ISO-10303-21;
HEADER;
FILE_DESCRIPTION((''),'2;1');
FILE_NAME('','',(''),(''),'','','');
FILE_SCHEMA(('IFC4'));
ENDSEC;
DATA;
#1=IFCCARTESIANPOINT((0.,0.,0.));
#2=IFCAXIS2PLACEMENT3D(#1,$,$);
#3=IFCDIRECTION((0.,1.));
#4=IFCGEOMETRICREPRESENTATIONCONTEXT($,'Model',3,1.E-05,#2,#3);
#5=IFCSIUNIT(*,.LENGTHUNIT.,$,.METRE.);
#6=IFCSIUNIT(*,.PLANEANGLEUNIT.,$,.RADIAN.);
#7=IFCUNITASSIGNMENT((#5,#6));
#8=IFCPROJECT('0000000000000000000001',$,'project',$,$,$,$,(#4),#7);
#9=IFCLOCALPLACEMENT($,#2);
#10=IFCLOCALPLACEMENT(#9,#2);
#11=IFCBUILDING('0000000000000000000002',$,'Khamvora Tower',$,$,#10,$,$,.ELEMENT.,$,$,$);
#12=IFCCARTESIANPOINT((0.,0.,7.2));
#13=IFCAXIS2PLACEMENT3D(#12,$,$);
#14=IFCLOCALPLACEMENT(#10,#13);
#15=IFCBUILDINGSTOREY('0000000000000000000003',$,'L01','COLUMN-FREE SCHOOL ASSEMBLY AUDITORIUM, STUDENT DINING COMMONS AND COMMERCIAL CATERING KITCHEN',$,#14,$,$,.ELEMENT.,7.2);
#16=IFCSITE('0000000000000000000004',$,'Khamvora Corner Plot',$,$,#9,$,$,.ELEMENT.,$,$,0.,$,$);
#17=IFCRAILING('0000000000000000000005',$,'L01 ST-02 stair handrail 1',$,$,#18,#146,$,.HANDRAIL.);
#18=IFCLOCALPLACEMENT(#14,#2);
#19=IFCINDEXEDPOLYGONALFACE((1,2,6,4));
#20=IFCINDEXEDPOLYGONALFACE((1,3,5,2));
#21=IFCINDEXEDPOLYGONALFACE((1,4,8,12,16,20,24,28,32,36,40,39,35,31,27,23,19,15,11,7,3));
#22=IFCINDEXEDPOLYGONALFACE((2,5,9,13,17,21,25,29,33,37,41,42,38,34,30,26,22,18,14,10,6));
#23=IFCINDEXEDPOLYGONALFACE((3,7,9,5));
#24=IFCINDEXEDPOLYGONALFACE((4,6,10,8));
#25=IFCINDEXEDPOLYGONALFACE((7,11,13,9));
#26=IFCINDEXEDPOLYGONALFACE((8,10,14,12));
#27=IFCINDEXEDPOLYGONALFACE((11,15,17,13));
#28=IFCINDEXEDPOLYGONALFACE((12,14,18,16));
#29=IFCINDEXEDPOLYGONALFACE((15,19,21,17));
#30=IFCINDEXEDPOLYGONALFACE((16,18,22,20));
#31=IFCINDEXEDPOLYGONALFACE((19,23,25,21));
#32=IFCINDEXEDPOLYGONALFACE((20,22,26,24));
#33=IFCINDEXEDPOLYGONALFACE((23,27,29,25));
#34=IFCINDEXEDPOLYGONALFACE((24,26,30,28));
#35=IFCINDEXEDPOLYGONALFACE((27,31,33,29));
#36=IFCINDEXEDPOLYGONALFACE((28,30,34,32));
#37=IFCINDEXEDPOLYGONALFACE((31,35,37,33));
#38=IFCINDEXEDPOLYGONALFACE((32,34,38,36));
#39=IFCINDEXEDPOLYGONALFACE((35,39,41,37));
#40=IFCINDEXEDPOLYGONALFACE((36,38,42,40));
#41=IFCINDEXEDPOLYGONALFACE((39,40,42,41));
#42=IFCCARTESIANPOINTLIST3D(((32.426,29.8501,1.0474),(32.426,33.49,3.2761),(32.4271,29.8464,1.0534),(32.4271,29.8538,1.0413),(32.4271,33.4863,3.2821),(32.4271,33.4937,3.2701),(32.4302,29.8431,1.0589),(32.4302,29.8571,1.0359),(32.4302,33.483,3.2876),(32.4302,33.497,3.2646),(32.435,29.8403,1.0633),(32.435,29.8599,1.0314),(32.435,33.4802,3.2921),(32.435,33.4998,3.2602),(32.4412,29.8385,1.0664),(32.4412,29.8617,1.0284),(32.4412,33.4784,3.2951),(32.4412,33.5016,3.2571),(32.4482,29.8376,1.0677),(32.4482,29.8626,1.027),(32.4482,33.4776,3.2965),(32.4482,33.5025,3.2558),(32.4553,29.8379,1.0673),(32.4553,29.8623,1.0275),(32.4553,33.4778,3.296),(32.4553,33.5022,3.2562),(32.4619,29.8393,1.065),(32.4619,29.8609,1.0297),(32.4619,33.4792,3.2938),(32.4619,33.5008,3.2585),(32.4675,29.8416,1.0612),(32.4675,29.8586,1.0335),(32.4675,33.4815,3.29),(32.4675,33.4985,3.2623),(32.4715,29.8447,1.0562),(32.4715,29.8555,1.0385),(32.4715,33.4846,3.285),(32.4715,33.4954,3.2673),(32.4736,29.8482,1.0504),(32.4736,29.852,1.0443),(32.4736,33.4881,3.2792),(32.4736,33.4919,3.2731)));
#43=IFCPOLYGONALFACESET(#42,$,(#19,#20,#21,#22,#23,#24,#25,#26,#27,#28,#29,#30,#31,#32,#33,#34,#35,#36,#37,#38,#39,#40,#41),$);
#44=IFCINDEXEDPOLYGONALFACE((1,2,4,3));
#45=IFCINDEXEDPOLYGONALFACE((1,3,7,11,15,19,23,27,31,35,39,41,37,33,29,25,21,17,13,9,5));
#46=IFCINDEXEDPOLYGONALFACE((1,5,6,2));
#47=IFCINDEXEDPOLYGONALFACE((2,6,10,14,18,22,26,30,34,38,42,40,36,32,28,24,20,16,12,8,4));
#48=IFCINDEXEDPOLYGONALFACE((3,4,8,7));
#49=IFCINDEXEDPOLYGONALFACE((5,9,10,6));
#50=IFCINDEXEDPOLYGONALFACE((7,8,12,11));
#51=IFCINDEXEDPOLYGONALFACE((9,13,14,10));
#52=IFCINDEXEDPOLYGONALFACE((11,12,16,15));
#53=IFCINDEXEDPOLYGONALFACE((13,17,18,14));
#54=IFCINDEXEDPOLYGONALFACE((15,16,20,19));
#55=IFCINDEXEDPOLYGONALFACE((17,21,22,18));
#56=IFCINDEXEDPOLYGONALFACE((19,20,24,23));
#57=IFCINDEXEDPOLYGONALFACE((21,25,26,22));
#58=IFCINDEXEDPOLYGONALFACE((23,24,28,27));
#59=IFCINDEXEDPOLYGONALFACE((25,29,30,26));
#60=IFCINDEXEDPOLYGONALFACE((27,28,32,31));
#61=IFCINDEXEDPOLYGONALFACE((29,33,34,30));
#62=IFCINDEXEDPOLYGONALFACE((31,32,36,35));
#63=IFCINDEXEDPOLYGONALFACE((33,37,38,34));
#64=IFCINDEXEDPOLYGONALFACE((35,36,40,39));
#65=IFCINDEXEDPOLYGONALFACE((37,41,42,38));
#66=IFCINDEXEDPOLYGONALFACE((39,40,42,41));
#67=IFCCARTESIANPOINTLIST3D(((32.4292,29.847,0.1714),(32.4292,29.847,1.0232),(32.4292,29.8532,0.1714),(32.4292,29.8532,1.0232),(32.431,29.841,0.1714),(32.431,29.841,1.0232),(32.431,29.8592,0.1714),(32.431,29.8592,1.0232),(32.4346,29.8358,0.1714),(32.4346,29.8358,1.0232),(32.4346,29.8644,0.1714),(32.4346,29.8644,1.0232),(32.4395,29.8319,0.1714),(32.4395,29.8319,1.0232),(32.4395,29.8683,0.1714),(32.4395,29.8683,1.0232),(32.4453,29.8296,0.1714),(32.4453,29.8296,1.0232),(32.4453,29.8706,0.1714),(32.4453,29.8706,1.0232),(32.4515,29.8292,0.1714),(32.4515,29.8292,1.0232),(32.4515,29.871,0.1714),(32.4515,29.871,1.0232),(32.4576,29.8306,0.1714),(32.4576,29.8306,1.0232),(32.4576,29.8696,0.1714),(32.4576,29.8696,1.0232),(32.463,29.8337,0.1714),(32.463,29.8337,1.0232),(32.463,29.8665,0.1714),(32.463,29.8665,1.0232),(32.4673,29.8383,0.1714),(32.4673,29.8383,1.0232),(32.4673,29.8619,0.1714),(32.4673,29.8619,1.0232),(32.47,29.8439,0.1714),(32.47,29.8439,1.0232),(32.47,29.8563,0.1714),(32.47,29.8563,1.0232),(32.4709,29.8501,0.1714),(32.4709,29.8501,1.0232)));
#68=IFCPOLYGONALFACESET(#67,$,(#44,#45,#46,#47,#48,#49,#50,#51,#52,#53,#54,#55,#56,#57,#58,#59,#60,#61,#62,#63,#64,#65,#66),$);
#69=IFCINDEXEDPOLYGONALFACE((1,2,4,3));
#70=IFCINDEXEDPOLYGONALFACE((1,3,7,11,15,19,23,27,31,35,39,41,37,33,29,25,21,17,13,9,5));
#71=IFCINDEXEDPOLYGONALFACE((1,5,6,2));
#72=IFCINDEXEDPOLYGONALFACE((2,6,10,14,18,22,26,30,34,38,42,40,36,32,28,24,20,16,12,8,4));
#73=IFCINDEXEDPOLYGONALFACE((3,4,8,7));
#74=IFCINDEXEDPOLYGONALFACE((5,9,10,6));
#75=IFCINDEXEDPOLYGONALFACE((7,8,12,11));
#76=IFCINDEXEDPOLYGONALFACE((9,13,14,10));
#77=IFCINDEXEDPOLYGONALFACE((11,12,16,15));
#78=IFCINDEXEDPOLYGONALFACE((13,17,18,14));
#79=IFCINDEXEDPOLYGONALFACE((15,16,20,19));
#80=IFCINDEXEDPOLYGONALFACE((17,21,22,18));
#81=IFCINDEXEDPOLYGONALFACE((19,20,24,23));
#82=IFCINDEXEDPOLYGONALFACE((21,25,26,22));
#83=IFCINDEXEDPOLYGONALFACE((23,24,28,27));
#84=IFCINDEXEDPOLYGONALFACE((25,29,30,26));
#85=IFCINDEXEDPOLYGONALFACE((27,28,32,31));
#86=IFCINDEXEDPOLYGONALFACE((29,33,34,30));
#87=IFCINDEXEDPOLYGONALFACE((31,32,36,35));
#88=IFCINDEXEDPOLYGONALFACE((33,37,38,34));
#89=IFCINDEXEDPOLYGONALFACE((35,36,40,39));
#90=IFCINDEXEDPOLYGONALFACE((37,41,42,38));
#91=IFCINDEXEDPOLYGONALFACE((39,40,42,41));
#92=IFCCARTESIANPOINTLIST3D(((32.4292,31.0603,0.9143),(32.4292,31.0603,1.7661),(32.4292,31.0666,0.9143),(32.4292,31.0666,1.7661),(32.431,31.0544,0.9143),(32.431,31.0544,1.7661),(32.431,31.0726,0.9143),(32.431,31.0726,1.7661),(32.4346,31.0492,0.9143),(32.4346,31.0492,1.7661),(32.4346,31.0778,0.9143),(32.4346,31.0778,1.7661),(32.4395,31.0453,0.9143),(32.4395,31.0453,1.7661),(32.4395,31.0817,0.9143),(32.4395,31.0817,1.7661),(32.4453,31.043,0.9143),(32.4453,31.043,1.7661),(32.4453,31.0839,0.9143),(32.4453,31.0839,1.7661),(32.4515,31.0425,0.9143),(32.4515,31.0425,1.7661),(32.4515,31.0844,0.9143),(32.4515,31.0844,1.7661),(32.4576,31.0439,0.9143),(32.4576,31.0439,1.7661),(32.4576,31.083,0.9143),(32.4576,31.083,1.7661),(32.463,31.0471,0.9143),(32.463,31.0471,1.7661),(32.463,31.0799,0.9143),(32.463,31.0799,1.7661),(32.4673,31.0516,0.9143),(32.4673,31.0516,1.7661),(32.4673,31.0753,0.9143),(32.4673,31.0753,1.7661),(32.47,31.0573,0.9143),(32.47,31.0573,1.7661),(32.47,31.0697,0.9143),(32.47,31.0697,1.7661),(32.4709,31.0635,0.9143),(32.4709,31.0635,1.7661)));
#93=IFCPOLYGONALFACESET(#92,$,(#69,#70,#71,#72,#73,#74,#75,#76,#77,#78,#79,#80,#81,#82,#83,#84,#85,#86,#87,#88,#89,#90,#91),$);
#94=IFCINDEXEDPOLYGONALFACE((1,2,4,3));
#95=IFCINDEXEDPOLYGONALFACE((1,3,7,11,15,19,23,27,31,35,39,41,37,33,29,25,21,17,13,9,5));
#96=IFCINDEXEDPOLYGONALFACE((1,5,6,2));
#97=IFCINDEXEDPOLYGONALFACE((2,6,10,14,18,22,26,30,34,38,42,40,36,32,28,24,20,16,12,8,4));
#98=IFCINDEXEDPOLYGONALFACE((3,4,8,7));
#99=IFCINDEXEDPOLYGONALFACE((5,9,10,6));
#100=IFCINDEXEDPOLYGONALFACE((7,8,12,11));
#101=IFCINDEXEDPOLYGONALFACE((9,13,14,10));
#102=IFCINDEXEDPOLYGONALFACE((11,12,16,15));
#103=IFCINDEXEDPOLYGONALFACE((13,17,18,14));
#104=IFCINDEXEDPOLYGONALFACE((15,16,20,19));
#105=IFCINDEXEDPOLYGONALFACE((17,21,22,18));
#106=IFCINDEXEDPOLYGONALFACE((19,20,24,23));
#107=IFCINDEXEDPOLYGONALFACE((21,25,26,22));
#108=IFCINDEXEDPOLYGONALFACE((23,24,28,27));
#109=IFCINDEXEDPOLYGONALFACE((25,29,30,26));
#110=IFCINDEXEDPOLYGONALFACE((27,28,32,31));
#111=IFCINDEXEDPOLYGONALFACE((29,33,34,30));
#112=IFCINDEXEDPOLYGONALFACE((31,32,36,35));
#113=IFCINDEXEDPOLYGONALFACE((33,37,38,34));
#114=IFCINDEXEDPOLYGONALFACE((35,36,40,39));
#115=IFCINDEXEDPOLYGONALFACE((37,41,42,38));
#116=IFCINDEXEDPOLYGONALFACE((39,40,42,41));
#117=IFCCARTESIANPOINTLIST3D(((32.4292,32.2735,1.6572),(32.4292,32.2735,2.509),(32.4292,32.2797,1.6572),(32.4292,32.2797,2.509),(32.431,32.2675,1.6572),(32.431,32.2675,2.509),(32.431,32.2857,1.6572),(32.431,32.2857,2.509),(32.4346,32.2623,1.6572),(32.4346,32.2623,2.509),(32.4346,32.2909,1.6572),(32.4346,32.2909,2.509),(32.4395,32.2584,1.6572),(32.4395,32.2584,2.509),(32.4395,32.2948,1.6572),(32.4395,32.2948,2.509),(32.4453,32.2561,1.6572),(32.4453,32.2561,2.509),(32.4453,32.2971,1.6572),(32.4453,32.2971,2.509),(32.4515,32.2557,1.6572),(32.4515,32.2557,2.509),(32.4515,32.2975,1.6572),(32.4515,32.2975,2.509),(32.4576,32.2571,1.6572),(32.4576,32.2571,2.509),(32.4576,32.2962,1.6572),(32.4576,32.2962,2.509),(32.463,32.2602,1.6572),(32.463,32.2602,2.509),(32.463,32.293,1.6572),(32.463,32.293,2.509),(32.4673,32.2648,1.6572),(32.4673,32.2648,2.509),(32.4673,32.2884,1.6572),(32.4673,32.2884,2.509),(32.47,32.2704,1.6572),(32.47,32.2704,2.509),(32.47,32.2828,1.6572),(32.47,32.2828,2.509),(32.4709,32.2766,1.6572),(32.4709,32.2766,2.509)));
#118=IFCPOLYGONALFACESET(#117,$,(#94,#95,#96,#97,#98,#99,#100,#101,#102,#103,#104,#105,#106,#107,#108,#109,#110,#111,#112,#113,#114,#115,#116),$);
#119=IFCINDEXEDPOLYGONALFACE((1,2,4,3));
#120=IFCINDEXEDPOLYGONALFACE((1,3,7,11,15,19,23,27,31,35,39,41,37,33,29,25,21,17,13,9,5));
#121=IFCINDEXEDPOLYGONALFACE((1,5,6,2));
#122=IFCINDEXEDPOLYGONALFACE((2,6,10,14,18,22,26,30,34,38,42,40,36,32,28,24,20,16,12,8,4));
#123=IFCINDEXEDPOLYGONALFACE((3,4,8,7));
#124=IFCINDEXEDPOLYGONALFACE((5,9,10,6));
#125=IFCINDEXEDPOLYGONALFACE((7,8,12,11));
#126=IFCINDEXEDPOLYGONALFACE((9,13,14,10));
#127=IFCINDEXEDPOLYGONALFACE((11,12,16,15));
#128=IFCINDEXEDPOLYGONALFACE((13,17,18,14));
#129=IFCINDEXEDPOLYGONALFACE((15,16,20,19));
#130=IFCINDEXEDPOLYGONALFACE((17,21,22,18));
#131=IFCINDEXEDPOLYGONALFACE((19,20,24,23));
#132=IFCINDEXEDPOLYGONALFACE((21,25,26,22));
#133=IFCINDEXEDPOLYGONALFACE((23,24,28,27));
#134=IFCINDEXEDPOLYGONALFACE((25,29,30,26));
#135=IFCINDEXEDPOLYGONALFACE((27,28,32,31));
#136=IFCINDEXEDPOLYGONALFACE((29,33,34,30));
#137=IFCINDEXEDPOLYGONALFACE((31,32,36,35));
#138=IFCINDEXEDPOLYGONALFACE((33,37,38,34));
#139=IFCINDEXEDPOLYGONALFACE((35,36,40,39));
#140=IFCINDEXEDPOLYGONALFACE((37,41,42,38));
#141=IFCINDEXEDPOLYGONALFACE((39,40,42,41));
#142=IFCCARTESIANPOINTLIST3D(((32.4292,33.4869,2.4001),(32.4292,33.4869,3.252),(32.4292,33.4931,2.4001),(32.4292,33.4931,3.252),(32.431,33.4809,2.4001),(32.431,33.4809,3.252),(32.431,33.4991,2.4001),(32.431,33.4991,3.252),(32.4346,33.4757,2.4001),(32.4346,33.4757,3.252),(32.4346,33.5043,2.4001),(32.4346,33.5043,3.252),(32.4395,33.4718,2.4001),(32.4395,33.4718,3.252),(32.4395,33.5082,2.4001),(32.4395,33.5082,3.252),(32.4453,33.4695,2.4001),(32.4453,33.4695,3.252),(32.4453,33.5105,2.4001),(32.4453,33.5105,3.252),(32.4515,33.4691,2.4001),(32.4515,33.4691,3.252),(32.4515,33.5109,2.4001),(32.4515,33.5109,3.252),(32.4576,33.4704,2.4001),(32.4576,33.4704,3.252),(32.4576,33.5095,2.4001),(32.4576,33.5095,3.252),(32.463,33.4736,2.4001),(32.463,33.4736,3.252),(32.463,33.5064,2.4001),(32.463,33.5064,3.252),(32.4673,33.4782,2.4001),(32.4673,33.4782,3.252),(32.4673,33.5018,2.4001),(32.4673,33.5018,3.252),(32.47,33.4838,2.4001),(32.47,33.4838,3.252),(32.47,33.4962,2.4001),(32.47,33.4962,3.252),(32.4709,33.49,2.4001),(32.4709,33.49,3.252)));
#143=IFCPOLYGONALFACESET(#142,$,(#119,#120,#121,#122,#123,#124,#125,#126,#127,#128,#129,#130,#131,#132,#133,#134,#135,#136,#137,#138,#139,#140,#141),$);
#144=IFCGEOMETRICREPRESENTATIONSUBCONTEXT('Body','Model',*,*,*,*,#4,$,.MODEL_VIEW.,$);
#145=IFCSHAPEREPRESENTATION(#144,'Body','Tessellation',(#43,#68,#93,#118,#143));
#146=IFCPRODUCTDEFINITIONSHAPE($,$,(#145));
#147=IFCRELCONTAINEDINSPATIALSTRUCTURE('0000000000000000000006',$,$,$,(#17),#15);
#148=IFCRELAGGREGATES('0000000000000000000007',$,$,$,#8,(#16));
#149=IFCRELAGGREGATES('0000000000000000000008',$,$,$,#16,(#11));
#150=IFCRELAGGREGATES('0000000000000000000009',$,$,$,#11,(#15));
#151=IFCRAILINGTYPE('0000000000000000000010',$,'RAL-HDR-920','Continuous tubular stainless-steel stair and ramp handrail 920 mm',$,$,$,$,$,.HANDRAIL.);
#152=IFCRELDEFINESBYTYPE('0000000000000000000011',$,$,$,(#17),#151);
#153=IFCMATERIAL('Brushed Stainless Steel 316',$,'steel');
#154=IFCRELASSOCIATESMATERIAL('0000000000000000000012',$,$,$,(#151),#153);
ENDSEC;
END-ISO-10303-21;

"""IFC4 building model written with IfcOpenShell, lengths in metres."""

from ifc_helpers import new_model, si_unit, direction, frame, origin, origin_2d, place, context, subcontext, project, spatial, circle, extrude, material, type_object, element, save


model = new_model("IFC4")

# Units and contexts
model_context = context("Model", 3, precision=1e-05, world=origin(), true_north=direction((0.0, 1.0)))
body_context = subcontext(model_context, "Body", "Model", "MODEL_VIEW")
ifc_project = project(units=[si_unit("LENGTHUNIT", "METRE"), si_unit("PLANEANGLEUNIT", "RADIAN")], contexts=[model_context])

# Site, building, storey
site_placement = place(None, origin())
site = spatial("IfcSite", under=ifc_project, at=site_placement, Name="Khamvora Corner Plot", CompositionType="ELEMENT", RefElevation=0.0)
building_placement = place(site_placement, origin())
building = spatial("IfcBuilding", under=site, at=building_placement, Name="Khamvora Tower", CompositionType="ELEMENT")
storey_placement = place(building_placement, frame((0.0, 0.0, 7.2)))
storey = spatial("IfcBuildingStorey", under=building, at=storey_placement, Name="L01", Description="COLUMN-FREE SCHOOL ASSEMBLY AUDITORIUM, STUDENT DINING COMMONS AND COMMERCIAL CATERING KITCHEN", CompositionType="ELEMENT", Elevation=7.2)

# Railing
ifc_material_1 = material(Name="Brushed Stainless Steel 316", Category="steel")
railing_type_1 = type_object("IfcRailingType", Name="RAL-HDR-920", Description="Continuous tubular stainless-steel stair and ramp handrail 920 mm", PredefinedType="HANDRAIL", material=ifc_material_1)
railing_1_placement = place(storey_placement, frame((32.45, 29.8501, 0.1714)))
element("IfcRailing", 1, at=railing_1_placement, inside=storey, type_object=railing_type_1, Name="L01 ST-02 stair handrail 1", PredefinedType="HANDRAIL", context=body_context, shape_type="SweptSolid", body=[
    extrude(circle(Radius=0.0239, at=origin_2d()), frame((0.0, 0.0, 0.876), z_axis=(0.0, 0.852825, 0.522197), x_axis=(-1.0, 0.0, 0.0)), (0.0, 0.0, 1.0), 4.2681),
    extrude(circle(Radius=0.021, at=origin_2d()), origin(), (0.0, 0.0, 1.0), 0.8518),
    extrude(circle(Radius=0.021, at=origin_2d()), frame((0.0, 1.2134, 0.7429)), (0.0, 0.0, 1.0), 0.8518),
    extrude(circle(Radius=0.021, at=origin_2d()), frame((0.0, 2.4265, 1.4858)), (0.0, 0.0, 1.0), 0.8518),
    extrude(circle(Radius=0.021, at=origin_2d()), frame((0.0, 3.6399, 2.2288)), (0.0, 0.0, 1.0), 0.8518),
])

save(model, "model.ifc")
